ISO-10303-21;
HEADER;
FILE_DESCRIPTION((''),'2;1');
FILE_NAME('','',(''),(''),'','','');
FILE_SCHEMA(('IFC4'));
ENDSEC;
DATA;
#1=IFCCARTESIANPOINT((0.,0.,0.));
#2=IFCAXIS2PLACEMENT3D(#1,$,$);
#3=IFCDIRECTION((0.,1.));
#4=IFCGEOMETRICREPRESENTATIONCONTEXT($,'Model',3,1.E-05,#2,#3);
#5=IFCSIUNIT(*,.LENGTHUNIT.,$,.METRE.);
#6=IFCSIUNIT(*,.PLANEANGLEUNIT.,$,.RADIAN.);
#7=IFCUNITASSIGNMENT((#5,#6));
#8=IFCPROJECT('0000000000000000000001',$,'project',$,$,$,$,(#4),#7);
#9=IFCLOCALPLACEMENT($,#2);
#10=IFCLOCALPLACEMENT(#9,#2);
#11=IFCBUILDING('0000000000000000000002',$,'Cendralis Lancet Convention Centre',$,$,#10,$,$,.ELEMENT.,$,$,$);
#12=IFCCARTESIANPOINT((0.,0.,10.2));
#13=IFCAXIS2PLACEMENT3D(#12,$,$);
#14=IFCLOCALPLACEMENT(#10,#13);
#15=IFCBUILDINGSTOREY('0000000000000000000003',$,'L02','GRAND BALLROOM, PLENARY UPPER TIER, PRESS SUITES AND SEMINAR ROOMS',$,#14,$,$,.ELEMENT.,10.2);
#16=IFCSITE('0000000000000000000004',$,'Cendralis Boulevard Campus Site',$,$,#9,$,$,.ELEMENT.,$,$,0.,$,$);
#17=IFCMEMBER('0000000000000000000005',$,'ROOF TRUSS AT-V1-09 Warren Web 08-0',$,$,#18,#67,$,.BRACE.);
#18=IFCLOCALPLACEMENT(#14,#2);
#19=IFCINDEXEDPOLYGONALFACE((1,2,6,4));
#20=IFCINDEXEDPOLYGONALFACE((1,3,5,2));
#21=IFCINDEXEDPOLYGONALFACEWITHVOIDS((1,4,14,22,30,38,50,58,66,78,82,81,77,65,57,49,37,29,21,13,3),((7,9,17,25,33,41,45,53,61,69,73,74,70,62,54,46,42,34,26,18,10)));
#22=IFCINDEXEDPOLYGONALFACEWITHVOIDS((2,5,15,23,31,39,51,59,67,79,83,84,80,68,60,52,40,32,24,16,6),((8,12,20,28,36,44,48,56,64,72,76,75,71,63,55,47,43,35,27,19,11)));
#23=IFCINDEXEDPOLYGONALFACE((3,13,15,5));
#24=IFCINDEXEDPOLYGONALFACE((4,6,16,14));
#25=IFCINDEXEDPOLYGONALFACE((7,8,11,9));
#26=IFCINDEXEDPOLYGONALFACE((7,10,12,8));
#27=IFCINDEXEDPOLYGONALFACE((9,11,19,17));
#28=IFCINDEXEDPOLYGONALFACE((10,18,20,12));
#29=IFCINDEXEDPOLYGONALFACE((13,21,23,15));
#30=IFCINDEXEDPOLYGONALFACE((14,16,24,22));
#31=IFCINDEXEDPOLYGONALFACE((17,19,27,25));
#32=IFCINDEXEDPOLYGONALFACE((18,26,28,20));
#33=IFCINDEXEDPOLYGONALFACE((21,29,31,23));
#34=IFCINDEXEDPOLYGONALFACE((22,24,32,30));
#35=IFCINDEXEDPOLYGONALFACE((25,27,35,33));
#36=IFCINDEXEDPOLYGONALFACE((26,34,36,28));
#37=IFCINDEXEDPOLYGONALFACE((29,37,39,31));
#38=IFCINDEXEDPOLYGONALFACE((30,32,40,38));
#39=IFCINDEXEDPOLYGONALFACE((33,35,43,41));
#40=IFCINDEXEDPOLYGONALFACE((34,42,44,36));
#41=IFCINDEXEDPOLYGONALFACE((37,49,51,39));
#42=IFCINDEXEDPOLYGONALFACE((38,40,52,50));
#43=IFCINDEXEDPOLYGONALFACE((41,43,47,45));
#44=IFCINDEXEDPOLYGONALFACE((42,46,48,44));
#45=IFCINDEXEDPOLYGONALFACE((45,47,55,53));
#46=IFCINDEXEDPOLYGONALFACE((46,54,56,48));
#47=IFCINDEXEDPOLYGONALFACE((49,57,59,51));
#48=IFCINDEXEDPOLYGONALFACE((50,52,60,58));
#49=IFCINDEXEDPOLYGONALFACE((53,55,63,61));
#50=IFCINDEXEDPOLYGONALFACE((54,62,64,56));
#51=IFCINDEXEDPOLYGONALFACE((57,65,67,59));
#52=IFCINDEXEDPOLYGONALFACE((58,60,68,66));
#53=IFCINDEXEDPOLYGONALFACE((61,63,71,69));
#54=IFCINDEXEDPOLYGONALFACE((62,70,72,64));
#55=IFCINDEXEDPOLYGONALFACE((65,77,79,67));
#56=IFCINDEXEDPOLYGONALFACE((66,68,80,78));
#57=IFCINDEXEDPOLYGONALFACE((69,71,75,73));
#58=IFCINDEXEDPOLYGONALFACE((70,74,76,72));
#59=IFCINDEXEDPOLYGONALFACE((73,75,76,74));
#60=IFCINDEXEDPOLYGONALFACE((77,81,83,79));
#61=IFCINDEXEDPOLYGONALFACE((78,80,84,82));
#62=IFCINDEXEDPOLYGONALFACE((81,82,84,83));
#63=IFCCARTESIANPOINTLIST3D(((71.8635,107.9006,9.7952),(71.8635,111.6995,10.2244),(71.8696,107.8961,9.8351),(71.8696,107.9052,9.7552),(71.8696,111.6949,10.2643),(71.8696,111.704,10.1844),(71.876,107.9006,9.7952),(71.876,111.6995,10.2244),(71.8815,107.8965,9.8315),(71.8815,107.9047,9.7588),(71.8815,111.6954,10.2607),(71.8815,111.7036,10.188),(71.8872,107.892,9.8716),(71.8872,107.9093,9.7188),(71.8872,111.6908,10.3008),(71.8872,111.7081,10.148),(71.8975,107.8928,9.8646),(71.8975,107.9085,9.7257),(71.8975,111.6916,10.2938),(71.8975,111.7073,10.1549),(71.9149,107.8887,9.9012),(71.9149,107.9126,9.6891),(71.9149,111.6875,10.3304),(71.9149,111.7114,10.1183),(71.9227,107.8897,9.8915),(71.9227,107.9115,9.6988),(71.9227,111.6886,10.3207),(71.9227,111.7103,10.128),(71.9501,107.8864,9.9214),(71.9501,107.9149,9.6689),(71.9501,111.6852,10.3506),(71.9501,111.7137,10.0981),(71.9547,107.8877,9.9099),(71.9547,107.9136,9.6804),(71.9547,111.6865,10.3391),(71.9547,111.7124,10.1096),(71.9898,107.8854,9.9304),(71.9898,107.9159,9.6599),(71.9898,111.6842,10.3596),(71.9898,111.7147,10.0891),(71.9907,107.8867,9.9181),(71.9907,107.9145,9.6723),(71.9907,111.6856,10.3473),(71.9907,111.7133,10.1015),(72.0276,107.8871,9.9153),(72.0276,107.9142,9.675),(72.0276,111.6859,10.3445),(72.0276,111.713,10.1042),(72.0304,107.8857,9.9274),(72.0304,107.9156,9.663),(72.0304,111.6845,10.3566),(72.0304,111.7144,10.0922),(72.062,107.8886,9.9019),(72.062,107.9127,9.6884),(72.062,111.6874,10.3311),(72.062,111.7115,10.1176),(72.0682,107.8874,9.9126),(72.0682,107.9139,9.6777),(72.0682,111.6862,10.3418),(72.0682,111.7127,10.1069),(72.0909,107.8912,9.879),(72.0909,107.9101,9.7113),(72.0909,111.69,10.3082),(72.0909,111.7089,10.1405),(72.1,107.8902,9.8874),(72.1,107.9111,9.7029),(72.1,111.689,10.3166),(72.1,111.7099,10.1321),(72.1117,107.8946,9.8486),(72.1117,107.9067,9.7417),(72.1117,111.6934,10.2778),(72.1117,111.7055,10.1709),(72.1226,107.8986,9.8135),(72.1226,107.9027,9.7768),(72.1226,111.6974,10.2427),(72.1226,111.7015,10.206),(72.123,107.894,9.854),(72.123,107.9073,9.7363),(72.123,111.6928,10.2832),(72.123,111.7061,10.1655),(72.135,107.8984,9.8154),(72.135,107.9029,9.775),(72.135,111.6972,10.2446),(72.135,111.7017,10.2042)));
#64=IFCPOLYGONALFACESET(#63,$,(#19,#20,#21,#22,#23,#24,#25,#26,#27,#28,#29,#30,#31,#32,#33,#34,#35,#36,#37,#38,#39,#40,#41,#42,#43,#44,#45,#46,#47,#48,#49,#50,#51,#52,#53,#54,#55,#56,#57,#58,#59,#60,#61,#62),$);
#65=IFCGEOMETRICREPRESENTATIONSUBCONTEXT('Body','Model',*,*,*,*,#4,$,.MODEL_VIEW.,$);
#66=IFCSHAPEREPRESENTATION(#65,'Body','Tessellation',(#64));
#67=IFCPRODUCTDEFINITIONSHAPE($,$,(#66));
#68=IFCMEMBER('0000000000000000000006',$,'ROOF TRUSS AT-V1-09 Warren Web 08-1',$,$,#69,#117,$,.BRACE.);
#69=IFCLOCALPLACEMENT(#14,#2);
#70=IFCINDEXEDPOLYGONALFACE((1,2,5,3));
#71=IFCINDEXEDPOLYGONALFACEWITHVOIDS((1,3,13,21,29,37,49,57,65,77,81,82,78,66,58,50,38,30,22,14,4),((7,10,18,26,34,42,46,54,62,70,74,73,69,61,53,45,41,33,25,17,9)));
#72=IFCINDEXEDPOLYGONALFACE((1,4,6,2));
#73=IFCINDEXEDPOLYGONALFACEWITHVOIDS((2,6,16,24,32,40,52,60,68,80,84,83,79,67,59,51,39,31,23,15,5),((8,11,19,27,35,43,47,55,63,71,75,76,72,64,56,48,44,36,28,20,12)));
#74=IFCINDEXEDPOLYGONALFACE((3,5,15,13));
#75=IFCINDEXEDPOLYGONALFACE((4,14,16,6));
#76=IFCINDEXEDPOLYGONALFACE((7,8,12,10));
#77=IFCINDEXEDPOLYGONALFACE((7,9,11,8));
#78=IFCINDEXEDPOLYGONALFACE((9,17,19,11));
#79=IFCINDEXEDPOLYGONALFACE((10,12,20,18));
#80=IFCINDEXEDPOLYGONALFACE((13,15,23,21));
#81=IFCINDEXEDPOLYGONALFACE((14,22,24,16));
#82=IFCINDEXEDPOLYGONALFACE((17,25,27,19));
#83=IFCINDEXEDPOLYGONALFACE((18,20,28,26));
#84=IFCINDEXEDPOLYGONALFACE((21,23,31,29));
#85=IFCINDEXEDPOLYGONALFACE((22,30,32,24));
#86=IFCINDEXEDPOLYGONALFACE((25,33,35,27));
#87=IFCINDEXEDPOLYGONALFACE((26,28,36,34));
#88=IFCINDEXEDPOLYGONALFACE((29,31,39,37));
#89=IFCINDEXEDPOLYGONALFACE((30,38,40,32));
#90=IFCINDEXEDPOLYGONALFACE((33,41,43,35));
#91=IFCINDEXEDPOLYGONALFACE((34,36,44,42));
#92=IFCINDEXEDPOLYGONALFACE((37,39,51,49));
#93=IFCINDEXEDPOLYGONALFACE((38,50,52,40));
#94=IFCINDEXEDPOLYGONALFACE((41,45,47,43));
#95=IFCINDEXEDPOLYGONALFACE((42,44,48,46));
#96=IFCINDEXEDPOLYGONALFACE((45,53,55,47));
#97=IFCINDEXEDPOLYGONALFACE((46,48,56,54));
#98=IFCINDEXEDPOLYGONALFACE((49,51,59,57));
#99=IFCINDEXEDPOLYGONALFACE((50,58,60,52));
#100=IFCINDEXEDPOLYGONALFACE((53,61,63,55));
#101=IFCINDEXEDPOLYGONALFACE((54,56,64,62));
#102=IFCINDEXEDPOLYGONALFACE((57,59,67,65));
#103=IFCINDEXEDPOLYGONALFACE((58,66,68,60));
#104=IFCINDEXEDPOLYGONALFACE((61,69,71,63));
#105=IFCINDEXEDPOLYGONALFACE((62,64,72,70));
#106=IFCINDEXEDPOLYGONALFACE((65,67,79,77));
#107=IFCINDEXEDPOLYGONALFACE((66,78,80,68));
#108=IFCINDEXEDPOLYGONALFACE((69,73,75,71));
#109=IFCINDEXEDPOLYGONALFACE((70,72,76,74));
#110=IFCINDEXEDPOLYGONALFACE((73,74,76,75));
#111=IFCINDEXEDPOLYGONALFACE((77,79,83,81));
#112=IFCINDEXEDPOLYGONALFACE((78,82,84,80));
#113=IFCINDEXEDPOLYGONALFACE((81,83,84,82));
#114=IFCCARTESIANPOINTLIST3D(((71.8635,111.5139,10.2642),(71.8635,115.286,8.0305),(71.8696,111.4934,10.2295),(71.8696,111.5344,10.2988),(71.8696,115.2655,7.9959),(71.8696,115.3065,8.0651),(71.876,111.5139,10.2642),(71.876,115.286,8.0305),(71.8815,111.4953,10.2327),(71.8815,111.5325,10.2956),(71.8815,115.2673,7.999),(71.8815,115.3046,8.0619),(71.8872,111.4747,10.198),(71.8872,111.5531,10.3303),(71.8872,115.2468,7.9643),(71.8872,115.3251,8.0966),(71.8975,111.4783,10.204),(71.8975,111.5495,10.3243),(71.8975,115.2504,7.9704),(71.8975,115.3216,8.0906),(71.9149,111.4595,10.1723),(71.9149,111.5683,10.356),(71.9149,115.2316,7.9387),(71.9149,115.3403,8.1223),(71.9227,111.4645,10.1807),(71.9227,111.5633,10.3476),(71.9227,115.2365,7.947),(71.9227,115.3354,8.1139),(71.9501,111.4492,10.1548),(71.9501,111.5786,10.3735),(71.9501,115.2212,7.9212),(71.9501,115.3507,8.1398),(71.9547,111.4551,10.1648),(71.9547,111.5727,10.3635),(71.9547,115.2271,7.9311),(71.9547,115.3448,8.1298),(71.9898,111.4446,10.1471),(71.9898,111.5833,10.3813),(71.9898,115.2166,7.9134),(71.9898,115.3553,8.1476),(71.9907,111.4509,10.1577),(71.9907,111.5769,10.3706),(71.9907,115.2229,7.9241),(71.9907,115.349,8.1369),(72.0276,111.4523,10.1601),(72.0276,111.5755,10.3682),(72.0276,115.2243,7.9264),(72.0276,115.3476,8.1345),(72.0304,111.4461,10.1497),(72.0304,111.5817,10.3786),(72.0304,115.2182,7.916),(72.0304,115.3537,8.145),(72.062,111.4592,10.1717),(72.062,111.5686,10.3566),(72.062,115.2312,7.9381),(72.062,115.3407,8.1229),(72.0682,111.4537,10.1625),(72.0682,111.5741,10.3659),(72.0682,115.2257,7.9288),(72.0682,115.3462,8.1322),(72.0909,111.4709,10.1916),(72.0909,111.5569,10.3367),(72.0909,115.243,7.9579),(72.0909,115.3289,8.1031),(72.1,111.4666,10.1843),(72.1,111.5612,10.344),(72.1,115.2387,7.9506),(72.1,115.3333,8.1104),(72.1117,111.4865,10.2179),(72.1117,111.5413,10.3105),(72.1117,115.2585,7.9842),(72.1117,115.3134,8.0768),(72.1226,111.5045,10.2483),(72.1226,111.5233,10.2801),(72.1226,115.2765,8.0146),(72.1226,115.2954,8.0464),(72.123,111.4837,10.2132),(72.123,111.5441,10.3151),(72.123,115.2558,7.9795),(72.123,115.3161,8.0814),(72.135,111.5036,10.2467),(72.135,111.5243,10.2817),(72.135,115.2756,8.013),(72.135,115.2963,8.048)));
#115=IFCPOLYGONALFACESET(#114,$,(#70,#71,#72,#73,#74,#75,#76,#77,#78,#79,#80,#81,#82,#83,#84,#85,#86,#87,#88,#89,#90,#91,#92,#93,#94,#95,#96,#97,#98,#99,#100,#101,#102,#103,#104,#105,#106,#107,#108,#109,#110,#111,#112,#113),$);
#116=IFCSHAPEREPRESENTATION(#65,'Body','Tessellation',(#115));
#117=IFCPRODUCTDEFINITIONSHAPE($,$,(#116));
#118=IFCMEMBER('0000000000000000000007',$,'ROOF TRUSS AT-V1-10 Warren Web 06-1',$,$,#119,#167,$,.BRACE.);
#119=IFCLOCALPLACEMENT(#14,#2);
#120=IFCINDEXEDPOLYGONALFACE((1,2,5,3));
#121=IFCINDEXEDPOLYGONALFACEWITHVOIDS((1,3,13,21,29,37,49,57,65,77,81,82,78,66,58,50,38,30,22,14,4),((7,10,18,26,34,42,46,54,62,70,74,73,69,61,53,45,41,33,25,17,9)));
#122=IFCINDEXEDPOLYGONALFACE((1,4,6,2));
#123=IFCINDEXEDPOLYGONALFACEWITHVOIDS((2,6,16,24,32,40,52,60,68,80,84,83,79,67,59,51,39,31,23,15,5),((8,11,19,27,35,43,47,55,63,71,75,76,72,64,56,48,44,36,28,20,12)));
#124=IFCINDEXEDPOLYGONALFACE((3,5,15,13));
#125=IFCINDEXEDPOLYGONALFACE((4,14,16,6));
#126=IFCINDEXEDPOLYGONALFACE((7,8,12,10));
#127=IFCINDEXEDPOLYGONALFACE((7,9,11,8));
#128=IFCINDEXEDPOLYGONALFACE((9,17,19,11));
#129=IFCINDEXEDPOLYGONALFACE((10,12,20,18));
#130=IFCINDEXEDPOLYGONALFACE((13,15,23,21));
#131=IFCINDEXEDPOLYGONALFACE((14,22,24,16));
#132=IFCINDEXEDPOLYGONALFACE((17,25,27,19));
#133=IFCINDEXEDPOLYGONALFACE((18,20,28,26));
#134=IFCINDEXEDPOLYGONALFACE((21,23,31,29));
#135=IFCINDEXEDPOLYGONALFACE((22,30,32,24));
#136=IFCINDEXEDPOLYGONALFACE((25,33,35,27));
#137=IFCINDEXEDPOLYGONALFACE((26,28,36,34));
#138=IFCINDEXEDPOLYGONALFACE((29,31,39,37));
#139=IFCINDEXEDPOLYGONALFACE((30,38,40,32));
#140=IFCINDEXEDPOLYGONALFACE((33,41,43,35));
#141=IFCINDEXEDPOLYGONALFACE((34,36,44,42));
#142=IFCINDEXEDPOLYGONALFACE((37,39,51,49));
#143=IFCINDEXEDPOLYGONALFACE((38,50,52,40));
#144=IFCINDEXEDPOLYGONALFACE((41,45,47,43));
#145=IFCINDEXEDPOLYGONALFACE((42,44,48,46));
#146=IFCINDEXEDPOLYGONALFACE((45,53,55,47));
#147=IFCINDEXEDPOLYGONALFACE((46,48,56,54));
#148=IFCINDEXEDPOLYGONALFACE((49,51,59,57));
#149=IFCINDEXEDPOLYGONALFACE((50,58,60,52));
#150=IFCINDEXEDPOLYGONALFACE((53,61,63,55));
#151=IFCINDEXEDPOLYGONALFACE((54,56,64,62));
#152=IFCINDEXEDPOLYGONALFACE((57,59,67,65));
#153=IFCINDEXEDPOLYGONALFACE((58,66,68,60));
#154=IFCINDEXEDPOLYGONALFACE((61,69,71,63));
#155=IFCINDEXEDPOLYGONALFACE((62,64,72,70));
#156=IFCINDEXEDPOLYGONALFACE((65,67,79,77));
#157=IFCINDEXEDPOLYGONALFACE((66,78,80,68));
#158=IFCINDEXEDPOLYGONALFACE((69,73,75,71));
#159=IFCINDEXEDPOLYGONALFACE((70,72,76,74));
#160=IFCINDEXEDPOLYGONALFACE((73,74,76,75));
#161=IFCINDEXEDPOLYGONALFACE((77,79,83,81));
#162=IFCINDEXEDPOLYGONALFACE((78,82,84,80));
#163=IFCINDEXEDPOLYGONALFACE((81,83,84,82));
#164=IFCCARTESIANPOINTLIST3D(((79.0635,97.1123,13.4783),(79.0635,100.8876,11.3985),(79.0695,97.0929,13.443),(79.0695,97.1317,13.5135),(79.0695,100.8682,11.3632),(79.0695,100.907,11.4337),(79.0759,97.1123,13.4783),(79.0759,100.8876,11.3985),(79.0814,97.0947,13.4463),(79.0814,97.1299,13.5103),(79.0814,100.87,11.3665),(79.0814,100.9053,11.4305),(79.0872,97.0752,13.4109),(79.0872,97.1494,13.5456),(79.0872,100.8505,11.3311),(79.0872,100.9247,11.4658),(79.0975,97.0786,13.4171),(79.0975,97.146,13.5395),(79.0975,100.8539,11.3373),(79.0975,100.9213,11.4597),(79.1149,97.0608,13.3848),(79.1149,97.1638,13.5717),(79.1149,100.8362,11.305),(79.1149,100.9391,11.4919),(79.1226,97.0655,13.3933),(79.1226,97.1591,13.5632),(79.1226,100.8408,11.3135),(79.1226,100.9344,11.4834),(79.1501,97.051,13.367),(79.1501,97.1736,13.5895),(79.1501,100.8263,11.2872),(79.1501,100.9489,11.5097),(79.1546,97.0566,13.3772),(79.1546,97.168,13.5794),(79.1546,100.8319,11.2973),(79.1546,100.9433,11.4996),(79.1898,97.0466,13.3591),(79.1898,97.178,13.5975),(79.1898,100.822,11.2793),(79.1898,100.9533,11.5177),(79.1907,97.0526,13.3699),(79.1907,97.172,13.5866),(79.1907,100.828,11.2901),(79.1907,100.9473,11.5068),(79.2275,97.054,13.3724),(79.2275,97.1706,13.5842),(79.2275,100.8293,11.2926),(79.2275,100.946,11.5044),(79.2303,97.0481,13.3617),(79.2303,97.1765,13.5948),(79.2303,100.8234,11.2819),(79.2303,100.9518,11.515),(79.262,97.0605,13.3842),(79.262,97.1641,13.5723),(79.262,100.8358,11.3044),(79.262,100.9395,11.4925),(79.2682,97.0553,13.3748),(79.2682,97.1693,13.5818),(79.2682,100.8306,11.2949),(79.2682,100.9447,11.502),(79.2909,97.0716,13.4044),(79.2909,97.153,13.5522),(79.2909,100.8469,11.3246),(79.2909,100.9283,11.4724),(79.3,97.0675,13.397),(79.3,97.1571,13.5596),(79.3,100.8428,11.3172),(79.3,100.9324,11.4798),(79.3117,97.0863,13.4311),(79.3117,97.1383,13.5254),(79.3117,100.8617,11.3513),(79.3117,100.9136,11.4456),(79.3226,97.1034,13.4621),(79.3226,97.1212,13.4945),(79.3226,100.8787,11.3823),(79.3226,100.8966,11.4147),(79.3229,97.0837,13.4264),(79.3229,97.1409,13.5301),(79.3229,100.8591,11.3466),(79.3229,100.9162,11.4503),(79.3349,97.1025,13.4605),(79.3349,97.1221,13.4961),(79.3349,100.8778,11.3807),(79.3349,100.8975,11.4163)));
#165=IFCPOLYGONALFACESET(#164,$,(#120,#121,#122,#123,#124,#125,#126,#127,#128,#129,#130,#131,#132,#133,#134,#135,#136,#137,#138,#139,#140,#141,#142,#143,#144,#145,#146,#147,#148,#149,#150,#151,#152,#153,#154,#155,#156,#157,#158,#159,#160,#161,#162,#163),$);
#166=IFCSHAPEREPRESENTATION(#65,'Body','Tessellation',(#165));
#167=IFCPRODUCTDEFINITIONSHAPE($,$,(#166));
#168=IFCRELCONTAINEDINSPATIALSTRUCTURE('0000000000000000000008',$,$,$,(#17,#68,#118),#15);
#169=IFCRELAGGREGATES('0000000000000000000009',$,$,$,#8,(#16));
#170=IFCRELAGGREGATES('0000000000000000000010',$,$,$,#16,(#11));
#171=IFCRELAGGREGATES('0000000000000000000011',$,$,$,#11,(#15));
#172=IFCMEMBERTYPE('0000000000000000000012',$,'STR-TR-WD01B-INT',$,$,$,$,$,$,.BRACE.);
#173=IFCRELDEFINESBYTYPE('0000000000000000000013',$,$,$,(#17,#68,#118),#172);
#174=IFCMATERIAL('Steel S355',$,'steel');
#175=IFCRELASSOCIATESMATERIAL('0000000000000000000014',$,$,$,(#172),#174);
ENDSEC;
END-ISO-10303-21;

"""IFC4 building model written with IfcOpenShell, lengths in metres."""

from ifc_helpers import new_model, si_unit, direction, frame, origin, origin_2d, place, context, subcontext, project, spatial, hollow_circle, extrude, material, material_profile, profile_set, type_object, element, save


model = new_model("IFC4")

# Units and contexts
model_context = context("Model", 3, precision=1e-05, world=origin(), true_north=direction((0.0, 1.0)))
body_context = subcontext(model_context, "Body", "Model", "MODEL_VIEW")
ifc_project = project(units=[si_unit("LENGTHUNIT", "METRE"), si_unit("PLANEANGLEUNIT", "RADIAN")], contexts=[model_context])

# Site, building, storey
site_placement = place(None, origin())
site = spatial("IfcSite", under=ifc_project, at=site_placement, Name="Cendralis Boulevard Campus Site", CompositionType="ELEMENT", RefElevation=0.0)
building_placement = place(site_placement, origin())
building = spatial("IfcBuilding", under=site, at=building_placement, Name="Cendralis Lancet Convention Centre", CompositionType="ELEMENT")
storey_placement = place(building_placement, frame((0.0, 0.0, 10.2)))
storey = spatial("IfcBuildingStorey", under=building, at=storey_placement, Name="L02", Description="GRAND BALLROOM, PLENARY UPPER TIER, PRESS SUITES AND SEMINAR ROOMS", CompositionType="ELEMENT", Elevation=10.2)

# Members
ifc_material = material(Name="Steel S355", Category="steel")
ifc_material_profile_1 = material_profile(ifc_material, hollow_circle(Radius=0.1365, WallThickness=0.0125, at=origin_2d()), Name="CHS 273.0x12.5")
ifc_profile_set_1 = profile_set([ifc_material_profile_1], Name="Steel S355")
member_type_1 = type_object("IfcMemberType", Name="STR-TR-WD01B-INT", PredefinedType="BRACE", material=ifc_profile_set_1)
member_1_placement = place(storey_placement, frame((72.0, 107.9006, 9.7952), z_axis=(0.0, 0.993678, 0.112268), x_axis=(-1.0, 0.0, 0.0)))
element("IfcMember", 1, at=member_1_placement, inside=storey, type_object=member_type_1, Name="ROOF TRUSS AT-V1-09 Warren Web 08-0", PredefinedType="BRACE", context=body_context, shape_type="SweptSolid", body=[
    extrude(hollow_circle(Radius=0.1365, WallThickness=0.0125, at=origin_2d()), origin(), (0.0, 0.0, 1.0), 3.823),
])
member_2_placement = place(storey_placement, frame((72.0, 111.5139, 10.2642), z_axis=(0.0, 0.860452, -0.509532), x_axis=(-1.0, 0.0, 0.0)))
element("IfcMember", 2, at=member_2_placement, inside=storey, type_object=member_type_1, Name="ROOF TRUSS AT-V1-09 Warren Web 08-1", PredefinedType="BRACE", context=body_context, shape_type="SweptSolid", body=[
    extrude(hollow_circle(Radius=0.1365, WallThickness=0.0125, at=origin_2d()), origin(), (0.0, 0.0, 1.0), 4.3838),
])
member_3_placement = place(storey_placement, frame((79.2, 97.1123, 13.4783), z_axis=(0.0, 0.875886, -0.482519), x_axis=(-1.0, 0.0, 0.0)))
element("IfcMember", 3, at=member_3_placement, inside=storey, type_object=member_type_1, Name="ROOF TRUSS AT-V1-10 Warren Web 06-1", PredefinedType="BRACE", context=body_context, shape_type="SweptSolid", body=[
    extrude(hollow_circle(Radius=0.1365, WallThickness=0.0125, at=origin_2d()), origin(), (0.0, 0.0, 1.0), 4.3103),
])

save(model, "model.ifc")
